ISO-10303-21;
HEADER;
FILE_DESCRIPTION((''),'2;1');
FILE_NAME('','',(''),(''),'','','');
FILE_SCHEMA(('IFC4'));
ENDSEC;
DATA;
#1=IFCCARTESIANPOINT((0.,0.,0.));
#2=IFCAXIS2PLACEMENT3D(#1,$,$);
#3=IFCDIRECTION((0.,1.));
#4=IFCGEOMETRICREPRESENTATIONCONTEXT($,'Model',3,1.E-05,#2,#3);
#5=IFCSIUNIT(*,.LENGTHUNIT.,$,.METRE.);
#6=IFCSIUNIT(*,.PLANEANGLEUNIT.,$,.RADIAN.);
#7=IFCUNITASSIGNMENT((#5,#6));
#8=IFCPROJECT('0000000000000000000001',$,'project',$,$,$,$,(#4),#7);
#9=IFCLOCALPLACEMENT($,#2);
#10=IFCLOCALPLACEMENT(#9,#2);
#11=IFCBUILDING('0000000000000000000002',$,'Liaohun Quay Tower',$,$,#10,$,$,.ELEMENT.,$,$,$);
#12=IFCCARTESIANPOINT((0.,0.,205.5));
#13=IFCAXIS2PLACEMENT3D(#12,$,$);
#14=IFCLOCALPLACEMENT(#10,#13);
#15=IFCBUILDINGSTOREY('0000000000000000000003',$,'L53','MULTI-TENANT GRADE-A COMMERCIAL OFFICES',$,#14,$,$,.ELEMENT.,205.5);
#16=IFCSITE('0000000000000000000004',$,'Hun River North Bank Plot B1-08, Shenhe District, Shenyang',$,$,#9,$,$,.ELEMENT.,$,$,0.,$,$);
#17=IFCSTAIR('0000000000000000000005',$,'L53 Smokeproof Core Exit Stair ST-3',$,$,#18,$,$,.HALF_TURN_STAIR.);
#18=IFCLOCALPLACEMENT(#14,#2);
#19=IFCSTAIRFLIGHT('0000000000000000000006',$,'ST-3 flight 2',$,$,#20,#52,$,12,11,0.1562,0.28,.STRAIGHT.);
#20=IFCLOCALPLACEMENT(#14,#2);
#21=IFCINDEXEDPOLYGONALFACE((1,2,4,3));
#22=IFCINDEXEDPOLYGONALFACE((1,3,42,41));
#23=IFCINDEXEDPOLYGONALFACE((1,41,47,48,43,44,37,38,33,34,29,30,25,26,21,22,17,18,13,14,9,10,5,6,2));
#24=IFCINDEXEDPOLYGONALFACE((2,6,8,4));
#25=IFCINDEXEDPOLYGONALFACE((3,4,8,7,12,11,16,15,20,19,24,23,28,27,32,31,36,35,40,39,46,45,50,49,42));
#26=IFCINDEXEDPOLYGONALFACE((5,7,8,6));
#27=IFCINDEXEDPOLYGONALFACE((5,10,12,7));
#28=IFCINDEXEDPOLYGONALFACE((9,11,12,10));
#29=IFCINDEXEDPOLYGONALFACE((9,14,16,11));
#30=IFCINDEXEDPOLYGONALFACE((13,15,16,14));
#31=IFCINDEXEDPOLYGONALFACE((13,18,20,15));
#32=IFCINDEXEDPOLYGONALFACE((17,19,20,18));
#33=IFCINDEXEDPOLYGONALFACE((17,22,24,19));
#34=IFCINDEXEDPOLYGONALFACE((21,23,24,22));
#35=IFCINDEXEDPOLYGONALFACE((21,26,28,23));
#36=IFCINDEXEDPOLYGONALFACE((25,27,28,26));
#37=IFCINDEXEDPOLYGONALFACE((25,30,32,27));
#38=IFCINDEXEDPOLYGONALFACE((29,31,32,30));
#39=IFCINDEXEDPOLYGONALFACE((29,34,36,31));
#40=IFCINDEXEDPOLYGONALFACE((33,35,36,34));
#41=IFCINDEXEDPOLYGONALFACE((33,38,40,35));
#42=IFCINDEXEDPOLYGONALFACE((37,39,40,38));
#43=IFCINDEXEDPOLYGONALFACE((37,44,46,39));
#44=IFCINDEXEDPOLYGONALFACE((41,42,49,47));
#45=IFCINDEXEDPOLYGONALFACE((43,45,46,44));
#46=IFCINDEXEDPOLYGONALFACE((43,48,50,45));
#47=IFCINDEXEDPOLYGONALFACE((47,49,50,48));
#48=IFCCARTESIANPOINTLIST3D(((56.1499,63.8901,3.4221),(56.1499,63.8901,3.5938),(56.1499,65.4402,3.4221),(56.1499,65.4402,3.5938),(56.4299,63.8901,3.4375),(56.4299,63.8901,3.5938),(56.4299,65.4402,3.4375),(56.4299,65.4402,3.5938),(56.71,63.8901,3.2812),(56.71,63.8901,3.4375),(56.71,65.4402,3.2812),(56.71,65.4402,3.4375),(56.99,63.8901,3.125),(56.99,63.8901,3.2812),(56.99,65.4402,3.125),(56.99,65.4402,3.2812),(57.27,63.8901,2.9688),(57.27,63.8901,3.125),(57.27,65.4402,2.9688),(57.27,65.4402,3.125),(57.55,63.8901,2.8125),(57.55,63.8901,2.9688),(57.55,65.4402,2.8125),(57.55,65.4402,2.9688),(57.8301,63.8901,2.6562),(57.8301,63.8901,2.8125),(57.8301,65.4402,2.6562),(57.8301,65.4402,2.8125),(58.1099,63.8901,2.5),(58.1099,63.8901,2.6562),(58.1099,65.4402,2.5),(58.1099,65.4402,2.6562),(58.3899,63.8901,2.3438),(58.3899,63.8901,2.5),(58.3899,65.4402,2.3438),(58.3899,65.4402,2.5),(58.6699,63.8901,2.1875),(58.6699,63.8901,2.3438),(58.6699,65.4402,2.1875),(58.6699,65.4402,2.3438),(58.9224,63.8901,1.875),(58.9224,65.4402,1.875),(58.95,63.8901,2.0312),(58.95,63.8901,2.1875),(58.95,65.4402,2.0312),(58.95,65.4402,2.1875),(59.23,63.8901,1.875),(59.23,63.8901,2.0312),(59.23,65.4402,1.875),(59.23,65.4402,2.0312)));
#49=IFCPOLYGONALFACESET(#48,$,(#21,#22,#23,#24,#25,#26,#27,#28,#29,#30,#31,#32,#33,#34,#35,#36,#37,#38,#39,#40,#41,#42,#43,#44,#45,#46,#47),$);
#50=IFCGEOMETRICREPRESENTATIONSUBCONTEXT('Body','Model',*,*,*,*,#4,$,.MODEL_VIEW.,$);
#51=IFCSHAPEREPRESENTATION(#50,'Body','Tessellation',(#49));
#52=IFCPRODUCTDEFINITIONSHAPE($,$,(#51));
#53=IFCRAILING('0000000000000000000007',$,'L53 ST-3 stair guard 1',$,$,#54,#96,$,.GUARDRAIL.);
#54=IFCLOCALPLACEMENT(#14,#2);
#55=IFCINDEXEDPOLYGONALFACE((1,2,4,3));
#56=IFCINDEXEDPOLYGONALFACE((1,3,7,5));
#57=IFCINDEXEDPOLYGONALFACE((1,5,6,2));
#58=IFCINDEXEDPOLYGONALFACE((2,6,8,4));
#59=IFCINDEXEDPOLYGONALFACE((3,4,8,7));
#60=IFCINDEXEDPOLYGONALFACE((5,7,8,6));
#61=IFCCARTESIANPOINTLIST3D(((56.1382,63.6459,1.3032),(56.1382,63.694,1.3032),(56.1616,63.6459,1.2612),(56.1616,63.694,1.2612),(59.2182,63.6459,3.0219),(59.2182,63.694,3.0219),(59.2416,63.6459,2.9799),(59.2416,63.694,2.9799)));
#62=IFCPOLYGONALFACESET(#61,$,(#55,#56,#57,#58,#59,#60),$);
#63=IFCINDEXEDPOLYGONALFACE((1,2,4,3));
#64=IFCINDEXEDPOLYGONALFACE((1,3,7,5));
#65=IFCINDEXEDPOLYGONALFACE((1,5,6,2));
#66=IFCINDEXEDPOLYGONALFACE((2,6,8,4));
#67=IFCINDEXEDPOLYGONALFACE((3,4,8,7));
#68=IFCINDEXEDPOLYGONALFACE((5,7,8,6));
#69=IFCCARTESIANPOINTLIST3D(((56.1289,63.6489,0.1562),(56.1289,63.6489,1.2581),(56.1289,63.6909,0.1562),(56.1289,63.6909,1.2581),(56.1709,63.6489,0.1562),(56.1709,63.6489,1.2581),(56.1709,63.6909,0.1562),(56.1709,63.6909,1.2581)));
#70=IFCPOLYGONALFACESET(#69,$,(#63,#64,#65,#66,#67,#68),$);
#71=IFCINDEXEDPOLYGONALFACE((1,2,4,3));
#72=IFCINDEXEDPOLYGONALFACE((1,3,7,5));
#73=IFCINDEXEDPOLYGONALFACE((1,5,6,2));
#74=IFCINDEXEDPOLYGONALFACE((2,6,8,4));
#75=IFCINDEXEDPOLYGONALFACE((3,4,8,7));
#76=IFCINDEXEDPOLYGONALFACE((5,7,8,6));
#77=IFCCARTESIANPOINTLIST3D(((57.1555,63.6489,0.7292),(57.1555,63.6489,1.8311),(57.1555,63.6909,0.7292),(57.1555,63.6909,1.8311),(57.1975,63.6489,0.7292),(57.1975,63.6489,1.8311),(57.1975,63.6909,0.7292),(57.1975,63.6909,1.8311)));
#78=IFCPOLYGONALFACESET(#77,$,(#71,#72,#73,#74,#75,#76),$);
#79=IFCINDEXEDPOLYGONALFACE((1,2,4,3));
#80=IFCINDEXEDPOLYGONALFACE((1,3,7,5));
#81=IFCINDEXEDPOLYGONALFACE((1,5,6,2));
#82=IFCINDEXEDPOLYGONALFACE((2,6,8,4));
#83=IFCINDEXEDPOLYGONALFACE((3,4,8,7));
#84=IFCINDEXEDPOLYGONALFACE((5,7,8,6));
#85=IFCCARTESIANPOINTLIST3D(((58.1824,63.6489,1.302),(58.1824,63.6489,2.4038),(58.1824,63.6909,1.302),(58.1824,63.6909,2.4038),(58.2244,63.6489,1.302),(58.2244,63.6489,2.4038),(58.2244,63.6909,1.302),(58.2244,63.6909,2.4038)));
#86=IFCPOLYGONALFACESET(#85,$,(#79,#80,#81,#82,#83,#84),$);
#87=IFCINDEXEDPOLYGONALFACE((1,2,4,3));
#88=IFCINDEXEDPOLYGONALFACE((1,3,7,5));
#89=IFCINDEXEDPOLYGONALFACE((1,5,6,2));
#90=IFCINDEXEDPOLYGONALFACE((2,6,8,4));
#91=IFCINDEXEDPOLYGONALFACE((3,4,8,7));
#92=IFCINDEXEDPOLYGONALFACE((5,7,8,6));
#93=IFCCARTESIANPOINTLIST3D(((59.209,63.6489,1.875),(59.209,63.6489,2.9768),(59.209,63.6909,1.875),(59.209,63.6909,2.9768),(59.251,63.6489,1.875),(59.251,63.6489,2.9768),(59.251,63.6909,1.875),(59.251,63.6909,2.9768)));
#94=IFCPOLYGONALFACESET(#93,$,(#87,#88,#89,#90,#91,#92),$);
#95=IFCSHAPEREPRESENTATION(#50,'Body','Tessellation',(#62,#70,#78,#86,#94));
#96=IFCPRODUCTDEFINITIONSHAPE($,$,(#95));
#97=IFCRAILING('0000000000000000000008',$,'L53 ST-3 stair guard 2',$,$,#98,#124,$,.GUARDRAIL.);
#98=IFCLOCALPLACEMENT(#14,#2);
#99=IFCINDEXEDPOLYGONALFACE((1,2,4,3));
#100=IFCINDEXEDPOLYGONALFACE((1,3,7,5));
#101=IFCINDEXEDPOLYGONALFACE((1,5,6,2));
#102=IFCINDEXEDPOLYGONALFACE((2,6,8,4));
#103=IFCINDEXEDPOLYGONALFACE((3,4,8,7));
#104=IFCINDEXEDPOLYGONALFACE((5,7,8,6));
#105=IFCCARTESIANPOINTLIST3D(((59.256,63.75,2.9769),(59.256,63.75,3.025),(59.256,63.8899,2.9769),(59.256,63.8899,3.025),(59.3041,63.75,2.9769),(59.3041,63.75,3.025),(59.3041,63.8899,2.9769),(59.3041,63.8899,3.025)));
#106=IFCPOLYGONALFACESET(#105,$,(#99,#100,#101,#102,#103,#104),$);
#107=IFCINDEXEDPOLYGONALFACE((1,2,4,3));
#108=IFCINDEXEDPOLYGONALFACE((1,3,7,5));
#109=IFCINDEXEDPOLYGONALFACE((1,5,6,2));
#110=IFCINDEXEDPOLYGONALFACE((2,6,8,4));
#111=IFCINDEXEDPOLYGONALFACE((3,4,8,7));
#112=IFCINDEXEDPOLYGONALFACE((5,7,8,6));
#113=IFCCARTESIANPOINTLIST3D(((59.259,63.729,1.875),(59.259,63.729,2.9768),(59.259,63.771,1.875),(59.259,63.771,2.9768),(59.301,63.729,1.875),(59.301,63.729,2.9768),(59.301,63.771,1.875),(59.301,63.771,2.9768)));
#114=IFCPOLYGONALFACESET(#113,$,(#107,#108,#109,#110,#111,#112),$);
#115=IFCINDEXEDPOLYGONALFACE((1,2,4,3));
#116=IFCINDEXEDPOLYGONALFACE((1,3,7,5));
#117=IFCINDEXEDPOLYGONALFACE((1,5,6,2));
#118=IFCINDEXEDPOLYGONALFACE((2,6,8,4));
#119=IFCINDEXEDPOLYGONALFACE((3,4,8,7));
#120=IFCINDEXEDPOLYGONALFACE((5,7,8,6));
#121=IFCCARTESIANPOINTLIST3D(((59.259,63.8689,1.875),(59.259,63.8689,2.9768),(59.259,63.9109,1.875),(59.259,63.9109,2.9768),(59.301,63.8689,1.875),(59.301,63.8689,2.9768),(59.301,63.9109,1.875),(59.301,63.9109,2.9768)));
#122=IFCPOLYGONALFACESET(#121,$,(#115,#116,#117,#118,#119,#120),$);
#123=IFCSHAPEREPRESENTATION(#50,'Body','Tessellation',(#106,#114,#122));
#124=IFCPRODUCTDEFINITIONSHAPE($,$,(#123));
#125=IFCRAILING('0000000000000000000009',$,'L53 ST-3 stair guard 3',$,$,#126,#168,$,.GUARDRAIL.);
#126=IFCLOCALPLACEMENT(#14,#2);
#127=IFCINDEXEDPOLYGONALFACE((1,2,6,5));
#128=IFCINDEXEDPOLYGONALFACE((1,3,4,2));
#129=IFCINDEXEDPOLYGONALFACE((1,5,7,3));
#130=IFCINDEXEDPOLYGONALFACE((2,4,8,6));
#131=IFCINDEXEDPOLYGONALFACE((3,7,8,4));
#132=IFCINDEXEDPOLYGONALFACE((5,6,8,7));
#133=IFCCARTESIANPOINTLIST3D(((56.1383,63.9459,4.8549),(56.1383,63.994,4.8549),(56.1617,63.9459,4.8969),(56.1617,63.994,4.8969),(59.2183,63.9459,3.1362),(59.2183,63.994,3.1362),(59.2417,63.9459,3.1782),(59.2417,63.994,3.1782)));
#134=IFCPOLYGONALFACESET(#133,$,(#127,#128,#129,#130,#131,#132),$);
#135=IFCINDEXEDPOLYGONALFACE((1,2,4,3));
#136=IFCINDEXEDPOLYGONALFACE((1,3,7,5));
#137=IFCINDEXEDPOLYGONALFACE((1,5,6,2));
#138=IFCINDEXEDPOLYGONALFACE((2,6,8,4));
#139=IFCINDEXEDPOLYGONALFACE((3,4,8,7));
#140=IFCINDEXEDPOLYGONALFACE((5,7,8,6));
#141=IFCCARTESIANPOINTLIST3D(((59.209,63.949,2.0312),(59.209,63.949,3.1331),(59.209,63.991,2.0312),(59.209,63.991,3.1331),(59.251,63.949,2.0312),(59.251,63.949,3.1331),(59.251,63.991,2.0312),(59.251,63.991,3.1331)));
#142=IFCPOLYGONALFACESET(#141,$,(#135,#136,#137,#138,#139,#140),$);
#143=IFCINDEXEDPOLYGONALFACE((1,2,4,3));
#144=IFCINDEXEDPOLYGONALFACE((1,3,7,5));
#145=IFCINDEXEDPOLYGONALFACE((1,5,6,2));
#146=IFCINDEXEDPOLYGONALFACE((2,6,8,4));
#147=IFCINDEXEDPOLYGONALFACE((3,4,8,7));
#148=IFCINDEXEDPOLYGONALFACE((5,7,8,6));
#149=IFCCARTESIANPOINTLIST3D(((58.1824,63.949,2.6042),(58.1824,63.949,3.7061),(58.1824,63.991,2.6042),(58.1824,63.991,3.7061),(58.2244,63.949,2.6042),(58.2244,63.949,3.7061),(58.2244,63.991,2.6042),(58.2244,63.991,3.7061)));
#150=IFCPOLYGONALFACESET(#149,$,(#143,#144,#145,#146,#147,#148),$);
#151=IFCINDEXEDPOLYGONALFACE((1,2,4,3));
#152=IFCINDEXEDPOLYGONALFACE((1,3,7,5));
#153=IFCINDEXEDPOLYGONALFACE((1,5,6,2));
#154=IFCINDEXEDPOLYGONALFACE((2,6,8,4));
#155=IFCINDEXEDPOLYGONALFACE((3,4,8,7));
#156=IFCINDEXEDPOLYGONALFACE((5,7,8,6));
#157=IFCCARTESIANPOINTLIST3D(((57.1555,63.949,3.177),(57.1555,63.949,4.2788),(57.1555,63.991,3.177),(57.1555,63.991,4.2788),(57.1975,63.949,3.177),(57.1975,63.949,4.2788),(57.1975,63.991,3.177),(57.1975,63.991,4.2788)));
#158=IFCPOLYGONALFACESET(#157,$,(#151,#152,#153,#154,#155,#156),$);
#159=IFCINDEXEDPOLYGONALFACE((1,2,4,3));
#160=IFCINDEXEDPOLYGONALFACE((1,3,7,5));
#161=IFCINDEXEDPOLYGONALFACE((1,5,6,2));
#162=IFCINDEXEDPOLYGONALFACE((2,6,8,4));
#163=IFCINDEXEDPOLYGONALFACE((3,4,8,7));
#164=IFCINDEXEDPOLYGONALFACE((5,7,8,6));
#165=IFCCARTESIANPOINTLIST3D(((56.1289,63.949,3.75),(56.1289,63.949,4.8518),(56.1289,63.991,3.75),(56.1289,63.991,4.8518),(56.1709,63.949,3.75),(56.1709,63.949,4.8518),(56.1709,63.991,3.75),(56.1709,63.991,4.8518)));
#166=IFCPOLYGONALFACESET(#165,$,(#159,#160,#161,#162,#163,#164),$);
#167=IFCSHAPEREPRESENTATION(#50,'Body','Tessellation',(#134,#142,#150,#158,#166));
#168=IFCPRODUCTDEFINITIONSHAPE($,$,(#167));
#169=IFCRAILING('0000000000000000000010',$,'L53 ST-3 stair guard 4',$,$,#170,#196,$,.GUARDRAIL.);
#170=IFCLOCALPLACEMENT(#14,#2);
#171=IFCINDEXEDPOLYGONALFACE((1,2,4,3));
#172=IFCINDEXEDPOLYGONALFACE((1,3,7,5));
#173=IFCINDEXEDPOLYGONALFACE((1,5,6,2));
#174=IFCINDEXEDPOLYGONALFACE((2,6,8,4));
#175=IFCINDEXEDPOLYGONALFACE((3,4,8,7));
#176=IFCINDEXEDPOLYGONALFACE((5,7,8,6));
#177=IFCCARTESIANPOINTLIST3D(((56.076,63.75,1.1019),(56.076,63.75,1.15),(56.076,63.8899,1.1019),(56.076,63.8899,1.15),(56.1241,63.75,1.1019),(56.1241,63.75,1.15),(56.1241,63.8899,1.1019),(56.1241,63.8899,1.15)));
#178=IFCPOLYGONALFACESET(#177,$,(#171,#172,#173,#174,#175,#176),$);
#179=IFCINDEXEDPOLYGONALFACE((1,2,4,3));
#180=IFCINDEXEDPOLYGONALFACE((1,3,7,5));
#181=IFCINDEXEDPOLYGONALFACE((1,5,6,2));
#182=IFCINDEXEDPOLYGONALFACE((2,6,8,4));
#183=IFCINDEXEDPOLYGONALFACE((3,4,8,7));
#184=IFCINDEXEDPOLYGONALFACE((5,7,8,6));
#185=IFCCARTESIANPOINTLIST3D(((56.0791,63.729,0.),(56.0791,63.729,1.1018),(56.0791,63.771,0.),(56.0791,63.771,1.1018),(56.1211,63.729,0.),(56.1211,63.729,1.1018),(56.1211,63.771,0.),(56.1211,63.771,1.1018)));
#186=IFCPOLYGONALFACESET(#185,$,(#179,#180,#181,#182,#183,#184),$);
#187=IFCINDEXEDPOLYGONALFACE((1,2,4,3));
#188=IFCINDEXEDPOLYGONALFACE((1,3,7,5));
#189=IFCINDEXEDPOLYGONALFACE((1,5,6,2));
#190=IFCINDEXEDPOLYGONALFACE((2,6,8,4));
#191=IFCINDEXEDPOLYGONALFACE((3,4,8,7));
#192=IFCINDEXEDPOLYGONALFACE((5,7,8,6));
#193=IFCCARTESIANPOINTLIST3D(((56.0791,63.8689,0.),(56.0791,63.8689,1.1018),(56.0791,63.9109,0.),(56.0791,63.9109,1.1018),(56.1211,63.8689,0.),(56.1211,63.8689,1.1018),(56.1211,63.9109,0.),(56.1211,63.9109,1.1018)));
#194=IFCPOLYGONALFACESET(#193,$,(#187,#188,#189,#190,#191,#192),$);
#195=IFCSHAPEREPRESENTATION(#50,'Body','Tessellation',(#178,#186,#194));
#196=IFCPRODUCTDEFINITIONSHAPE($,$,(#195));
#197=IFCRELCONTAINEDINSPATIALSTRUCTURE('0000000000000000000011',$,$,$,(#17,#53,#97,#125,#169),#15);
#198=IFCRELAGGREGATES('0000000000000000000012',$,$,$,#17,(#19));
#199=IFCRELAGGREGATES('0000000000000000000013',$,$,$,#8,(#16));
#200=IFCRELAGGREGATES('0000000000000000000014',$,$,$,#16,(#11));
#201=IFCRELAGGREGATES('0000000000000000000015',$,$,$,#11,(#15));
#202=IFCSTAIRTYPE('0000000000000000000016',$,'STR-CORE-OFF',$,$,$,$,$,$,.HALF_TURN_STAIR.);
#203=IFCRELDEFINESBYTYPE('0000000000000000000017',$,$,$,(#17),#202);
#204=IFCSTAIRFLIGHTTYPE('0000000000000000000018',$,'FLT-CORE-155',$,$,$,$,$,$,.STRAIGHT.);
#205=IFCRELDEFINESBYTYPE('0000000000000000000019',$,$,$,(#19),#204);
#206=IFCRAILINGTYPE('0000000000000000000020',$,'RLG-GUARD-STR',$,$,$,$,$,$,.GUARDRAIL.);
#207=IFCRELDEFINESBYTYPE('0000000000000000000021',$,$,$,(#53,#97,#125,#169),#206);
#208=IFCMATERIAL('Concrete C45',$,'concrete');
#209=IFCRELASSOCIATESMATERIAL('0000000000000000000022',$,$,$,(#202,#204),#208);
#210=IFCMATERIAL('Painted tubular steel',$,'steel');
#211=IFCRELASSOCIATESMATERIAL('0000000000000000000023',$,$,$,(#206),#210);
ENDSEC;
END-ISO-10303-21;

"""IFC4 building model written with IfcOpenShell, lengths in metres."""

from ifc_helpers import new_model, si_unit, direction, frame, origin, origin_2d, place, context, subcontext, project, spatial, polyline, rectangle, outline, extrude, material, type_object, element, aggregate, save


model = new_model("IFC4")

# Units and contexts
model_context = context("Model", 3, precision=1e-05, world=origin(), true_north=direction((0.0, 1.0)))
body_context = subcontext(model_context, "Body", "Model", "MODEL_VIEW")
ifc_project = project(units=[si_unit("LENGTHUNIT", "METRE"), si_unit("PLANEANGLEUNIT", "RADIAN")], contexts=[model_context])

# Site, building, storey
site_placement = place(None, origin())
site = spatial("IfcSite", under=ifc_project, at=site_placement, Name="Hun River North Bank Plot B1-08, Shenhe District, Shenyang", CompositionType="ELEMENT", RefElevation=0.0)
building_placement = place(site_placement, origin())
building = spatial("IfcBuilding", under=site, at=building_placement, Name="Liaohun Quay Tower", CompositionType="ELEMENT")
storey_placement = place(building_placement, frame((0.0, 0.0, 205.5)))
storey = spatial("IfcBuildingStorey", under=building, at=storey_placement, Name="L53", Description="MULTI-TENANT GRADE-A COMMERCIAL OFFICES", CompositionType="ELEMENT", Elevation=205.5)

# Stair, stair flight
ifc_material_1 = material(Name="Concrete C45", Category="concrete")
stair_type = type_object("IfcStairType", Name="STR-CORE-OFF", PredefinedType="HALF_TURN_STAIR", material=ifc_material_1)
stair_placement = place(storey_placement, origin())
stair = element("IfcStair", 1, at=stair_placement, inside=storey, type_object=stair_type, Name="L53 Smokeproof Core Exit Stair ST-3", PredefinedType="HALF_TURN_STAIR")
stair_flight_type = type_object("IfcStairFlightType", Name="FLT-CORE-155", PredefinedType="STRAIGHT", material=ifc_material_1)
stair_flight_1_placement = place(storey_placement, frame((59.23, 64.665, 1.875), z_axis=(0.0, 0.0, 1.0), x_axis=(-1.0, 0.0, 0.0)))
stair_flight_1 = element("IfcStairFlight", 2, at=stair_flight_1_placement, type_object=stair_flight_type, Name="ST-3 flight 2", NumberOfRisers=12, NumberOfTreads=11, PredefinedType="STRAIGHT", RiserHeight=0.1562, TreadLength=0.28, context=body_context, shape_type="SweptSolid", body=[
    extrude(outline(polyline([(0.0, 0.0), (0.0, 0.1562), (0.28, 0.1562), (0.28, 0.3125), (0.5601, 0.3125), (0.5601, 0.4688), (0.8401, 0.4688), (0.8401, 0.625), (1.1201, 0.625), (1.1201, 0.7812), (1.3999, 0.7812), (1.3999, 0.9375), (1.6799, 0.9375), (1.6799, 1.0938), (1.96, 1.0938), (1.96, 1.25), (2.24, 1.25), (2.24, 1.4062), (2.52, 1.4062), (2.52, 1.5625), (2.8, 1.5625), (2.8, 1.7188), (3.0801, 1.7188), (3.0801, 1.875), (3.0801, 1.5471), (0.3076, 0.0), (0.0, 0.0)])), frame((0.0, 0.7749, 0.0), z_axis=(0.0, -1.0, 0.0), x_axis=(1.0, 0.0, 0.0)), (0.0, 0.0, 1.0), 1.55),
])
aggregate(stair, [stair_flight_1])

# Railings
ifc_material_2 = material(Name="Painted tubular steel", Category="steel")
railing_type_1 = type_object("IfcRailingType", Name="RLG-GUARD-STR", PredefinedType="GUARDRAIL", material=ifc_material_2)
railing_1_placement = place(storey_placement, frame((56.1499, 63.6699, 0.1562)))
element("IfcRailing", 3, at=railing_1_placement, inside=storey, type_object=railing_type_1, Name="L53 ST-3 stair guard 1", PredefinedType="GUARDRAIL", context=body_context, shape_type="SweptSolid", body=[
    extrude(rectangle(XDim=0.0481, YDim=0.0481, at=origin_2d()), frame((0.0, 0.0, 1.126), z_axis=(0.873242, 0.0, 0.487288), x_axis=(0.0, 1.0, 0.0)), (0.0, 0.0, 1.0), 3.5271),
    extrude(rectangle(XDim=0.042, YDim=0.042, at=origin_2d()), origin(), (0.0, 0.0, 1.0), 1.1018),
    extrude(rectangle(XDim=0.042, YDim=0.042, at=origin_2d()), frame((1.0266, 0.0, 0.573)), (0.0, 0.0, 1.0), 1.1018),
    extrude(rectangle(XDim=0.042, YDim=0.042, at=origin_2d()), frame((2.0535, 0.0, 1.1458)), (0.0, 0.0, 1.0), 1.1018),
    extrude(rectangle(XDim=0.042, YDim=0.042, at=origin_2d()), frame((3.0801, 0.0, 1.7188)), (0.0, 0.0, 1.0), 1.1018),
])
railing_2_placement = place(storey_placement, frame((59.28, 63.75, 1.875)))
element("IfcRailing", 4, at=railing_2_placement, inside=storey, type_object=railing_type_1, Name="L53 ST-3 stair guard 2", PredefinedType="GUARDRAIL", context=body_context, shape_type="SweptSolid", body=[
    extrude(rectangle(XDim=0.0481, YDim=0.0481, at=origin_2d()), frame((0.0, 0.0, 1.126), z_axis=(0.0, 1.0, 0.0), x_axis=(-1.0, 0.0, 0.0)), (0.0, 0.0, 1.0), 0.1399),
    extrude(rectangle(XDim=0.042, YDim=0.042, at=origin_2d()), origin(), (0.0, 0.0, 1.0), 1.1018),
    extrude(rectangle(XDim=0.042, YDim=0.042, at=origin_2d()), frame((0.0, 0.1399, 0.0)), (0.0, 0.0, 1.0), 1.1018),
])
railing_3_placement = place(storey_placement, frame((59.23, 63.97, 2.0312)))
element("IfcRailing", 5, at=railing_3_placement, inside=storey, type_object=railing_type_1, Name="L53 ST-3 stair guard 3", PredefinedType="GUARDRAIL", context=body_context, shape_type="SweptSolid", body=[
    extrude(rectangle(XDim=0.0481, YDim=0.0481, at=origin_2d()), frame((0.0, 0.0, 1.126), z_axis=(-0.873242, 0.0, 0.487288), x_axis=(0.0, -1.0, 0.0)), (0.0, 0.0, 1.0), 3.5271),
    extrude(rectangle(XDim=0.042, YDim=0.042, at=origin_2d()), origin(), (0.0, 0.0, 1.0), 1.1018),
    extrude(rectangle(XDim=0.042, YDim=0.042, at=origin_2d()), frame((-1.0266, 0.0, 0.573)), (0.0, 0.0, 1.0), 1.1018),
    extrude(rectangle(XDim=0.042, YDim=0.042, at=origin_2d()), frame((-2.0535, 0.0, 1.1458)), (0.0, 0.0, 1.0), 1.1018),
    extrude(rectangle(XDim=0.042, YDim=0.042, at=origin_2d()), frame((-3.0801, 0.0, 1.7188)), (0.0, 0.0, 1.0), 1.1018),
])
railing_4_placement = place(storey_placement, frame((56.1001, 63.75, 0.0)))
element("IfcRailing", 6, at=railing_4_placement, inside=storey, type_object=railing_type_1, Name="L53 ST-3 stair guard 4", PredefinedType="GUARDRAIL", context=body_context, shape_type="SweptSolid", body=[
    extrude(rectangle(XDim=0.0481, YDim=0.0481, at=origin_2d()), frame((0.0, 0.0, 1.126), z_axis=(0.0, 1.0, 0.0), x_axis=(-1.0, 0.0, 0.0)), (0.0, 0.0, 1.0), 0.1399),
    extrude(rectangle(XDim=0.042, YDim=0.042, at=origin_2d()), origin(), (0.0, 0.0, 1.0), 1.1018),
    extrude(rectangle(XDim=0.042, YDim=0.042, at=origin_2d()), frame((0.0, 0.1399, 0.0)), (0.0, 0.0, 1.0), 1.1018),
])

save(model, "model.ifc")
